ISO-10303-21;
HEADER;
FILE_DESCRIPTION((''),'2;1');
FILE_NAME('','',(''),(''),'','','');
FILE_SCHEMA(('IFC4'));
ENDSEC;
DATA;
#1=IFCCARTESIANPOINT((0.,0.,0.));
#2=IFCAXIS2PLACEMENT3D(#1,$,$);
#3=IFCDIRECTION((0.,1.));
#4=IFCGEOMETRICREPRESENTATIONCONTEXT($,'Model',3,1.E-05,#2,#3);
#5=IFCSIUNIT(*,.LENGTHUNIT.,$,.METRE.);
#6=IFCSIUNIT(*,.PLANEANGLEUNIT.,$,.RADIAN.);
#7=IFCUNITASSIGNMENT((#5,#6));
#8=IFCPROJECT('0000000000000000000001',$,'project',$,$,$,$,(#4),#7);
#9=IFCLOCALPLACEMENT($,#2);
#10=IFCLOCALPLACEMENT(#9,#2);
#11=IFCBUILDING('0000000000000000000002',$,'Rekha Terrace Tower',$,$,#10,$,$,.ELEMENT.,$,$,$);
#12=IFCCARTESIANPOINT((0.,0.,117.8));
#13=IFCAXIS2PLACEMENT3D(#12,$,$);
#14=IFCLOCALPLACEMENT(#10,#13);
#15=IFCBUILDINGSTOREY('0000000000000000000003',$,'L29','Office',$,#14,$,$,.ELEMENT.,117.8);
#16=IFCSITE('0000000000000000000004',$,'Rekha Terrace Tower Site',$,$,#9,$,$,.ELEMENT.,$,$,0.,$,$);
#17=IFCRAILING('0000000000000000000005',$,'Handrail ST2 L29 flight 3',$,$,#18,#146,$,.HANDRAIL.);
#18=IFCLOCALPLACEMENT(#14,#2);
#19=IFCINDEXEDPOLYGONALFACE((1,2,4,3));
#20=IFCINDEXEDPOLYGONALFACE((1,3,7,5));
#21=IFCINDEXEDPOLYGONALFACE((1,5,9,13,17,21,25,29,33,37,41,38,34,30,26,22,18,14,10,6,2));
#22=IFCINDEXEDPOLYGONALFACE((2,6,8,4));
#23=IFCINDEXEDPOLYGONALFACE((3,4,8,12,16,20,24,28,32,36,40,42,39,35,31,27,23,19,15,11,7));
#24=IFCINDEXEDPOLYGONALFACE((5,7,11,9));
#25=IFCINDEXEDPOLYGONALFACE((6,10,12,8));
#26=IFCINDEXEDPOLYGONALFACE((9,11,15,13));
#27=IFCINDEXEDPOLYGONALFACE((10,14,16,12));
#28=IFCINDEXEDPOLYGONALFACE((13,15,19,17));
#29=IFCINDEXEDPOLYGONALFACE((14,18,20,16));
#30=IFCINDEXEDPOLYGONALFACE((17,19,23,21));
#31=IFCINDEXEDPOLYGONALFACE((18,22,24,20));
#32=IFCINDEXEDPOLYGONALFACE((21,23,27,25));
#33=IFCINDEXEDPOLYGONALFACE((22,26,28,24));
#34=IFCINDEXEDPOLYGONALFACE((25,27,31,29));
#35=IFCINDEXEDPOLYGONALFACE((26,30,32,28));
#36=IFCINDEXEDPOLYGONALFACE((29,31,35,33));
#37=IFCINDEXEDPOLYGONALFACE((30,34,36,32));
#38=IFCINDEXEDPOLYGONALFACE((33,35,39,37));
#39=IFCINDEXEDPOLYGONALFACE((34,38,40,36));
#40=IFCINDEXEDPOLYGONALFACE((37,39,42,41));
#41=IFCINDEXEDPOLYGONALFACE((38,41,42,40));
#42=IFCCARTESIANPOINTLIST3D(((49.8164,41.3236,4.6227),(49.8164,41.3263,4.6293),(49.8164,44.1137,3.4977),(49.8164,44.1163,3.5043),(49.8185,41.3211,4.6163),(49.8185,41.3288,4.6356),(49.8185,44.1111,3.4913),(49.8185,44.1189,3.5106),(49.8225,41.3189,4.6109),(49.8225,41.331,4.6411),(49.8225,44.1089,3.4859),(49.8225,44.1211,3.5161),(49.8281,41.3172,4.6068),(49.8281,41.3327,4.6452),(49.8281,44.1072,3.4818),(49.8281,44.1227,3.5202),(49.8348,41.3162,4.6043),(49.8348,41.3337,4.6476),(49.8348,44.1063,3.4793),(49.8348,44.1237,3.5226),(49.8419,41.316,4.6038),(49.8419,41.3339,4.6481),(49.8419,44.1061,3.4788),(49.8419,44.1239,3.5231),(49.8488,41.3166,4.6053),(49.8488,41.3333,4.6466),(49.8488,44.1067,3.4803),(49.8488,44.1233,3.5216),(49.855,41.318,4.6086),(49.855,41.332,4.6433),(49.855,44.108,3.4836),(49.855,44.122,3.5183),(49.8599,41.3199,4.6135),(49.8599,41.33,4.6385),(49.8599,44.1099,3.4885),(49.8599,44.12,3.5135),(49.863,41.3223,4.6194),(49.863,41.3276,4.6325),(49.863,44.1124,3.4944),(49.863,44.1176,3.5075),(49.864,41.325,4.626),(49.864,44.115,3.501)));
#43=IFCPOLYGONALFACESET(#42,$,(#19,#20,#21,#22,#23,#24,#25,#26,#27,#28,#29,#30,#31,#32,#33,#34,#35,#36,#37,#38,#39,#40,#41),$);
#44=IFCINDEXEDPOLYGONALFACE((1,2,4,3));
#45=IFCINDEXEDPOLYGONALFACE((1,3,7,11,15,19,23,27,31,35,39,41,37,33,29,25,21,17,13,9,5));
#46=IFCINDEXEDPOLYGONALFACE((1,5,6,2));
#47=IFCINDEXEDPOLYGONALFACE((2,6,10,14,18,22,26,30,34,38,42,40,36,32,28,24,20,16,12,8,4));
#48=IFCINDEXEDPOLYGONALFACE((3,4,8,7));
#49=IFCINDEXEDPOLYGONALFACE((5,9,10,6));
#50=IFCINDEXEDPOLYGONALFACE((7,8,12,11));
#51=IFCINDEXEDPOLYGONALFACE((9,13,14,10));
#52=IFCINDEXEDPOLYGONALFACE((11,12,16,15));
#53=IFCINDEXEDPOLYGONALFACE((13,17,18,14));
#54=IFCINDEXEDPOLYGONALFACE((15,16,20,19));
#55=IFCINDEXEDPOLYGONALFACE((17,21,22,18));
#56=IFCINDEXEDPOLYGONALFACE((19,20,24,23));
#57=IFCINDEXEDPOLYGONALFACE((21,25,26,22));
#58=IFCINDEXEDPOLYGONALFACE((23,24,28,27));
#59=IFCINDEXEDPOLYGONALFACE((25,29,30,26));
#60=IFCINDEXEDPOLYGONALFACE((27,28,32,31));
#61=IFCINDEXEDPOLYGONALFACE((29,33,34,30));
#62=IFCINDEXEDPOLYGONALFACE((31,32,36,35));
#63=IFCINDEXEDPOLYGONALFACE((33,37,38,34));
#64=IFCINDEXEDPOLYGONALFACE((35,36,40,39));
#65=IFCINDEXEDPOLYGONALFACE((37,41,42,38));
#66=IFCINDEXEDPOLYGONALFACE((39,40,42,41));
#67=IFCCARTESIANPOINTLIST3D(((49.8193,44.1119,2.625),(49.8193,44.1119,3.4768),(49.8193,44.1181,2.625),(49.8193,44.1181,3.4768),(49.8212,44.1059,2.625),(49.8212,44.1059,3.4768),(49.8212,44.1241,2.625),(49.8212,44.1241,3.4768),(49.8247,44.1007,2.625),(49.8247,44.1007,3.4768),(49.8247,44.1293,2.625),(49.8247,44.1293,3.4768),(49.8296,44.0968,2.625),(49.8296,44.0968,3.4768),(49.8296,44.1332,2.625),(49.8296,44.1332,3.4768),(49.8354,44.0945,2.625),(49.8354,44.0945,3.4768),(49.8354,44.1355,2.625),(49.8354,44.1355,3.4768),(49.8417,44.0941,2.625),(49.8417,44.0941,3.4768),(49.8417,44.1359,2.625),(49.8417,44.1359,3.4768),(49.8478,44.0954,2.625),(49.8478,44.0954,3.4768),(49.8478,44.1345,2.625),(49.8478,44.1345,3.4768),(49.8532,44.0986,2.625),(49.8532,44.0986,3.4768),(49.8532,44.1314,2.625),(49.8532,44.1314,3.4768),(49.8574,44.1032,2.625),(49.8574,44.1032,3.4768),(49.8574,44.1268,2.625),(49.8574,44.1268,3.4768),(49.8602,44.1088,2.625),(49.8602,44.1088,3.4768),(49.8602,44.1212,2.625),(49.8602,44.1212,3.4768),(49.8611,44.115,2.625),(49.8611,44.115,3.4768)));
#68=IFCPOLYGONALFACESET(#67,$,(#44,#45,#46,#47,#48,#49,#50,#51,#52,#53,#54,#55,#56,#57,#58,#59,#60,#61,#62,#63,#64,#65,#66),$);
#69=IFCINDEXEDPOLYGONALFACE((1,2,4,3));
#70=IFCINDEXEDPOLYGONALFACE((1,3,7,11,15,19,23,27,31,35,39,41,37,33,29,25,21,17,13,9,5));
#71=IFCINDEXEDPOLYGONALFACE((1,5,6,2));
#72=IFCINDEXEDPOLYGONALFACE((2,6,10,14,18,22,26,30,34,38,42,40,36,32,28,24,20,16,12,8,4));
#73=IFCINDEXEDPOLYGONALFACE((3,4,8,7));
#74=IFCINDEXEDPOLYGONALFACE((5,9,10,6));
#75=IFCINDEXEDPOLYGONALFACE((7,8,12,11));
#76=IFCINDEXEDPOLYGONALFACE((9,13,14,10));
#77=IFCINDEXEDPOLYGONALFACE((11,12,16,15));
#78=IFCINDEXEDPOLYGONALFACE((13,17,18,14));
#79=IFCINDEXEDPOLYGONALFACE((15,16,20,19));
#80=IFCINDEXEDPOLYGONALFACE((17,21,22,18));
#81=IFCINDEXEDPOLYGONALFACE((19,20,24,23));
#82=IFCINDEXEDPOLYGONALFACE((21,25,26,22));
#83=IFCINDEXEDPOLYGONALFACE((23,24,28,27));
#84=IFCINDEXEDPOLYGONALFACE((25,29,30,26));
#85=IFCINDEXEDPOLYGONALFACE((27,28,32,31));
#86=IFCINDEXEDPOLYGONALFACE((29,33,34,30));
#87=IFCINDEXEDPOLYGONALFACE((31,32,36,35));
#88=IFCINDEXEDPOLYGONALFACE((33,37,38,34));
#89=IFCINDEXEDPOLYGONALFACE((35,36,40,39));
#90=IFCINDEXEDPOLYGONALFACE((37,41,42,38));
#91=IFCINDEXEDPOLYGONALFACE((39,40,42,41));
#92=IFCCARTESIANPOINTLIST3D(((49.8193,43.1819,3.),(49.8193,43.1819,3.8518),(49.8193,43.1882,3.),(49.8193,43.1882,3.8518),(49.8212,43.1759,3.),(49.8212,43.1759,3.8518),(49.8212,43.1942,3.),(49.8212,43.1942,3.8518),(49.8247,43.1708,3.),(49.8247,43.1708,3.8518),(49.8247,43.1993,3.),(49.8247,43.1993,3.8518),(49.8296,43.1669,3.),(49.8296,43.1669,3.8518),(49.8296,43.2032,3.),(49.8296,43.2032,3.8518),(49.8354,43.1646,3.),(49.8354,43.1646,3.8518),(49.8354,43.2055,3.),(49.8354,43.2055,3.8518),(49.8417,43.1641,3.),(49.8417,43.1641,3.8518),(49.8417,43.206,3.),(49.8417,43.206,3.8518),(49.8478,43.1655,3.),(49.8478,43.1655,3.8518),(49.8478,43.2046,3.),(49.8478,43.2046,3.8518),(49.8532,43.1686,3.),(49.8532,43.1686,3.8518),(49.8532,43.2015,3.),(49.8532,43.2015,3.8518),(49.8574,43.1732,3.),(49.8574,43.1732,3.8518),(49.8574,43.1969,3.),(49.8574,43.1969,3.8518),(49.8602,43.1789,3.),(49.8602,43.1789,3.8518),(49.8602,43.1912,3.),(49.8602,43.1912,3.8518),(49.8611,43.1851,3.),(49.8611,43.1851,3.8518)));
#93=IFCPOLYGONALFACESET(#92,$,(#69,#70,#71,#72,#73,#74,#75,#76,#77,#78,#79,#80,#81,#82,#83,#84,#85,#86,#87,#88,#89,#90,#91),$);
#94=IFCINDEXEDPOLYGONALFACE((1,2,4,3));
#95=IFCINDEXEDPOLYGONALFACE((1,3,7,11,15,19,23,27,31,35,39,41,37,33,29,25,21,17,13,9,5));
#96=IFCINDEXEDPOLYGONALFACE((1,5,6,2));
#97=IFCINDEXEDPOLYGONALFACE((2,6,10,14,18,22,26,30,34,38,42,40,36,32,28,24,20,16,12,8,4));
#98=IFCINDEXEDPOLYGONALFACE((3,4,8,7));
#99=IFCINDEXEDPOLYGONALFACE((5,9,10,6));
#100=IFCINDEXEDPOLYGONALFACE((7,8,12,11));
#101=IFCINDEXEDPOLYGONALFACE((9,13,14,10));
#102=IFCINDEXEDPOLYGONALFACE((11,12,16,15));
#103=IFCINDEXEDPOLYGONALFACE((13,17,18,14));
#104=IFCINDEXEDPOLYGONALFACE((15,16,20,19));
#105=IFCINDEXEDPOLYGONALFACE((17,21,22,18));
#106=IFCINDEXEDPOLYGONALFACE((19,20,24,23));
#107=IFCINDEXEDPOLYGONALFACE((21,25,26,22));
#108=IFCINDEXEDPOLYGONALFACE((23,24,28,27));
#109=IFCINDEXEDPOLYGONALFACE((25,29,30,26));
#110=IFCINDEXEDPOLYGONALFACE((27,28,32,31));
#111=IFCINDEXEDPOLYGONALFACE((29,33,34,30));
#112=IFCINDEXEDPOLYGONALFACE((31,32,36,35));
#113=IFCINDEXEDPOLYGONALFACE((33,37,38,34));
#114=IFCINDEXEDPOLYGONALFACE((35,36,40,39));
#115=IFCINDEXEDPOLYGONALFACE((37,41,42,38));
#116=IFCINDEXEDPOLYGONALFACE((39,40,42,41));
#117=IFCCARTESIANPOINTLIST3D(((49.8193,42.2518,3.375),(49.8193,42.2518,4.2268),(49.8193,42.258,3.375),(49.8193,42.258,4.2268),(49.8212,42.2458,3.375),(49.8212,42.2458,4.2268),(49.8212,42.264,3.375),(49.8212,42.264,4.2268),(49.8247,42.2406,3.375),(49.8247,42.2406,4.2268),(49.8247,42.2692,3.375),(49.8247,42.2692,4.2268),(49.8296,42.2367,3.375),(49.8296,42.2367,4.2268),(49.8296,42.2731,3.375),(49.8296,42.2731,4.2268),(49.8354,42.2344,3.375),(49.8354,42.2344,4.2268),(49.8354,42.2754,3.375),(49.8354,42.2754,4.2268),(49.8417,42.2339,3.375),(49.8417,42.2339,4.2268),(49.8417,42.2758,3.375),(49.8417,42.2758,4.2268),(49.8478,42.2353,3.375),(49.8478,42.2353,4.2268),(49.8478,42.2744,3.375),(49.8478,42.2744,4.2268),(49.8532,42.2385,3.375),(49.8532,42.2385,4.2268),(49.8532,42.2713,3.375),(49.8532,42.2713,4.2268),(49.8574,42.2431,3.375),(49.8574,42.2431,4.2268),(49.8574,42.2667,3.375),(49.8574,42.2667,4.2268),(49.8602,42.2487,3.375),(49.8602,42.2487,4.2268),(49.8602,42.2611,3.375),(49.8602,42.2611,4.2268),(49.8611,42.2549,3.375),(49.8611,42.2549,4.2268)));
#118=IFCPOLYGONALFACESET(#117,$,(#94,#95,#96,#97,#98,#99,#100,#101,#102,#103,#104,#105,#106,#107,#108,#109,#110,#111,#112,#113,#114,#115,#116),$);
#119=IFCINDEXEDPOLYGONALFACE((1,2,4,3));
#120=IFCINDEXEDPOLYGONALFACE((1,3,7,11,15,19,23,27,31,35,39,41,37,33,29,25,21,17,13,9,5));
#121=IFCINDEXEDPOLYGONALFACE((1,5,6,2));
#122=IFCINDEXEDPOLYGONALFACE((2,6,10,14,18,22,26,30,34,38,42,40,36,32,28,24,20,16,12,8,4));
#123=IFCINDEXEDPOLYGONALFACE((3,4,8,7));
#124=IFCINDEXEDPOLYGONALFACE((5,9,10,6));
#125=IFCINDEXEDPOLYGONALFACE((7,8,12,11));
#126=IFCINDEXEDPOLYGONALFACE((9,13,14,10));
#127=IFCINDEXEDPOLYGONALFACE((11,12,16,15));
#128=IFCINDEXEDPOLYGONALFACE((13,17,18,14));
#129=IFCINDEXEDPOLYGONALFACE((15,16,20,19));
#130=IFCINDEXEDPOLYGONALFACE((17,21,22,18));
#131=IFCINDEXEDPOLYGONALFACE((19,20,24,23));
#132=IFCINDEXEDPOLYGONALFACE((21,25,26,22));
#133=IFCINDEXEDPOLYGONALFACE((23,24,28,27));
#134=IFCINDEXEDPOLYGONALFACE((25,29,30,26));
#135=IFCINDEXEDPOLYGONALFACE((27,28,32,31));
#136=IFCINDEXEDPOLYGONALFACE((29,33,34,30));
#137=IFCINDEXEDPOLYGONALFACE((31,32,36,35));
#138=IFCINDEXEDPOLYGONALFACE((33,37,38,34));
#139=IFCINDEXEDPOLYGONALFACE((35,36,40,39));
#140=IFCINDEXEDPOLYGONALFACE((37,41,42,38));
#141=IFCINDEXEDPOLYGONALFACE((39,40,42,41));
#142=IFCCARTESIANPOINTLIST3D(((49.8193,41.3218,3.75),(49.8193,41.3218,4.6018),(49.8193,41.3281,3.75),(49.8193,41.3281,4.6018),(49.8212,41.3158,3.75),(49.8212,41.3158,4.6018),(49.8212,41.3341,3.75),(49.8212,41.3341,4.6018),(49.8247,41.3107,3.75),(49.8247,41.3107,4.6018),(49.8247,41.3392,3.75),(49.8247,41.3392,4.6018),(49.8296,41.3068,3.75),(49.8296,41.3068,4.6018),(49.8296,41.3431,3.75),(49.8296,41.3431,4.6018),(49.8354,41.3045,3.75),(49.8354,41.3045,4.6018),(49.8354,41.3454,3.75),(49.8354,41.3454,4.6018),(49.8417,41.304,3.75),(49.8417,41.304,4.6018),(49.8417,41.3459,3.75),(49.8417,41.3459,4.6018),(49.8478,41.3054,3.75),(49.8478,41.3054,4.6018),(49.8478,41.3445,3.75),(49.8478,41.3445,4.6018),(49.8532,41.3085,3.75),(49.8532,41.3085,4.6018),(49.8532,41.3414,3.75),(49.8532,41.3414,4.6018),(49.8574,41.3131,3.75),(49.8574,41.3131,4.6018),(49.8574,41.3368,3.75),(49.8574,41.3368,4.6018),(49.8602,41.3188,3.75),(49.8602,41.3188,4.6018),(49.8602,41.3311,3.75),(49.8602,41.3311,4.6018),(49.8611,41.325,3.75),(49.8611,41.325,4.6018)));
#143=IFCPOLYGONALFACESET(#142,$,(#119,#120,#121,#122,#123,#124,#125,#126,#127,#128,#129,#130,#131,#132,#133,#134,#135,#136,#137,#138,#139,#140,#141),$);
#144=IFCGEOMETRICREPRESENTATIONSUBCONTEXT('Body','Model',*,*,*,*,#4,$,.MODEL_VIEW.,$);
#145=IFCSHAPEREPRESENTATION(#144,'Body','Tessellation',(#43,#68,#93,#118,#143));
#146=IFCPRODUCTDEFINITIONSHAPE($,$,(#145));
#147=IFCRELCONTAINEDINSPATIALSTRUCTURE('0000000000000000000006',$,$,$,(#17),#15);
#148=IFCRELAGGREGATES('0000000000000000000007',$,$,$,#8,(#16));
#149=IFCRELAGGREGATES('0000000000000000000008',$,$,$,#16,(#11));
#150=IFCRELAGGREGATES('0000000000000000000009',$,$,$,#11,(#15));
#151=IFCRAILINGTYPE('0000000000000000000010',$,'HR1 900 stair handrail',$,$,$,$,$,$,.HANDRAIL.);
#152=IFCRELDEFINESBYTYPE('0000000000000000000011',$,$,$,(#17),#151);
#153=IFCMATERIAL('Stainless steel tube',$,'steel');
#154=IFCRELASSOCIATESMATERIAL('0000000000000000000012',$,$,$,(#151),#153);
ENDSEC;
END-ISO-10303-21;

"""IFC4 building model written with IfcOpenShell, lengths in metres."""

from ifc_helpers import new_model, si_unit, direction, frame, origin, origin_2d, place, context, subcontext, project, spatial, circle, extrude, material, type_object, element, save


model = new_model("IFC4")

# Units and contexts
model_context = context("Model", 3, precision=1e-05, world=origin(), true_north=direction((0.0, 1.0)))
body_context = subcontext(model_context, "Body", "Model", "MODEL_VIEW")
ifc_project = project(units=[si_unit("LENGTHUNIT", "METRE"), si_unit("PLANEANGLEUNIT", "RADIAN")], contexts=[model_context])

# Site, building, storey
site_placement = place(None, origin())
site = spatial("IfcSite", under=ifc_project, at=site_placement, Name="Rekha Terrace Tower Site", CompositionType="ELEMENT", RefElevation=0.0)
building_placement = place(site_placement, origin())
building = spatial("IfcBuilding", under=site, at=building_placement, Name="Rekha Terrace Tower", CompositionType="ELEMENT")
storey_placement = place(building_placement, frame((0.0, 0.0, 117.8)))
storey = spatial("IfcBuildingStorey", under=building, at=storey_placement, Name="L29", Description="Office", CompositionType="ELEMENT", Elevation=117.8)

# Railing
ifc_material_1 = material(Name="Stainless steel tube", Category="steel")
railing_type_1 = type_object("IfcRailingType", Name="HR1 900 stair handrail", PredefinedType="HANDRAIL", material=ifc_material_1)
railing_1_placement = place(storey_placement, frame((49.8401, 44.115, 2.625)))
element("IfcRailing", 1, at=railing_1_placement, inside=storey, type_object=railing_type_1, Name="Handrail ST2 L29 flight 3", PredefinedType="HANDRAIL", context=body_context, shape_type="SweptSolid", body=[
    extrude(circle(Radius=0.0239, at=origin_2d()), frame((0.0, 0.0, 0.876), z_axis=(0.0, -0.927443, 0.373964), x_axis=(1.0, 0.0, 0.0)), (0.0, 0.0, 1.0), 3.0083),
    extrude(circle(Radius=0.021, at=origin_2d()), origin(), (0.0, 0.0, 1.0), 0.8518),
    extrude(circle(Radius=0.021, at=origin_2d()), frame((0.0, -0.9299, 0.375)), (0.0, 0.0, 1.0), 0.8518),
    extrude(circle(Radius=0.021, at=origin_2d()), frame((0.0, -1.8601, 0.75)), (0.0, 0.0, 1.0), 0.8518),
    extrude(circle(Radius=0.021, at=origin_2d()), frame((0.0, -2.79, 1.125)), (0.0, 0.0, 1.0), 0.8518),
])

save(model, "model.ifc")
